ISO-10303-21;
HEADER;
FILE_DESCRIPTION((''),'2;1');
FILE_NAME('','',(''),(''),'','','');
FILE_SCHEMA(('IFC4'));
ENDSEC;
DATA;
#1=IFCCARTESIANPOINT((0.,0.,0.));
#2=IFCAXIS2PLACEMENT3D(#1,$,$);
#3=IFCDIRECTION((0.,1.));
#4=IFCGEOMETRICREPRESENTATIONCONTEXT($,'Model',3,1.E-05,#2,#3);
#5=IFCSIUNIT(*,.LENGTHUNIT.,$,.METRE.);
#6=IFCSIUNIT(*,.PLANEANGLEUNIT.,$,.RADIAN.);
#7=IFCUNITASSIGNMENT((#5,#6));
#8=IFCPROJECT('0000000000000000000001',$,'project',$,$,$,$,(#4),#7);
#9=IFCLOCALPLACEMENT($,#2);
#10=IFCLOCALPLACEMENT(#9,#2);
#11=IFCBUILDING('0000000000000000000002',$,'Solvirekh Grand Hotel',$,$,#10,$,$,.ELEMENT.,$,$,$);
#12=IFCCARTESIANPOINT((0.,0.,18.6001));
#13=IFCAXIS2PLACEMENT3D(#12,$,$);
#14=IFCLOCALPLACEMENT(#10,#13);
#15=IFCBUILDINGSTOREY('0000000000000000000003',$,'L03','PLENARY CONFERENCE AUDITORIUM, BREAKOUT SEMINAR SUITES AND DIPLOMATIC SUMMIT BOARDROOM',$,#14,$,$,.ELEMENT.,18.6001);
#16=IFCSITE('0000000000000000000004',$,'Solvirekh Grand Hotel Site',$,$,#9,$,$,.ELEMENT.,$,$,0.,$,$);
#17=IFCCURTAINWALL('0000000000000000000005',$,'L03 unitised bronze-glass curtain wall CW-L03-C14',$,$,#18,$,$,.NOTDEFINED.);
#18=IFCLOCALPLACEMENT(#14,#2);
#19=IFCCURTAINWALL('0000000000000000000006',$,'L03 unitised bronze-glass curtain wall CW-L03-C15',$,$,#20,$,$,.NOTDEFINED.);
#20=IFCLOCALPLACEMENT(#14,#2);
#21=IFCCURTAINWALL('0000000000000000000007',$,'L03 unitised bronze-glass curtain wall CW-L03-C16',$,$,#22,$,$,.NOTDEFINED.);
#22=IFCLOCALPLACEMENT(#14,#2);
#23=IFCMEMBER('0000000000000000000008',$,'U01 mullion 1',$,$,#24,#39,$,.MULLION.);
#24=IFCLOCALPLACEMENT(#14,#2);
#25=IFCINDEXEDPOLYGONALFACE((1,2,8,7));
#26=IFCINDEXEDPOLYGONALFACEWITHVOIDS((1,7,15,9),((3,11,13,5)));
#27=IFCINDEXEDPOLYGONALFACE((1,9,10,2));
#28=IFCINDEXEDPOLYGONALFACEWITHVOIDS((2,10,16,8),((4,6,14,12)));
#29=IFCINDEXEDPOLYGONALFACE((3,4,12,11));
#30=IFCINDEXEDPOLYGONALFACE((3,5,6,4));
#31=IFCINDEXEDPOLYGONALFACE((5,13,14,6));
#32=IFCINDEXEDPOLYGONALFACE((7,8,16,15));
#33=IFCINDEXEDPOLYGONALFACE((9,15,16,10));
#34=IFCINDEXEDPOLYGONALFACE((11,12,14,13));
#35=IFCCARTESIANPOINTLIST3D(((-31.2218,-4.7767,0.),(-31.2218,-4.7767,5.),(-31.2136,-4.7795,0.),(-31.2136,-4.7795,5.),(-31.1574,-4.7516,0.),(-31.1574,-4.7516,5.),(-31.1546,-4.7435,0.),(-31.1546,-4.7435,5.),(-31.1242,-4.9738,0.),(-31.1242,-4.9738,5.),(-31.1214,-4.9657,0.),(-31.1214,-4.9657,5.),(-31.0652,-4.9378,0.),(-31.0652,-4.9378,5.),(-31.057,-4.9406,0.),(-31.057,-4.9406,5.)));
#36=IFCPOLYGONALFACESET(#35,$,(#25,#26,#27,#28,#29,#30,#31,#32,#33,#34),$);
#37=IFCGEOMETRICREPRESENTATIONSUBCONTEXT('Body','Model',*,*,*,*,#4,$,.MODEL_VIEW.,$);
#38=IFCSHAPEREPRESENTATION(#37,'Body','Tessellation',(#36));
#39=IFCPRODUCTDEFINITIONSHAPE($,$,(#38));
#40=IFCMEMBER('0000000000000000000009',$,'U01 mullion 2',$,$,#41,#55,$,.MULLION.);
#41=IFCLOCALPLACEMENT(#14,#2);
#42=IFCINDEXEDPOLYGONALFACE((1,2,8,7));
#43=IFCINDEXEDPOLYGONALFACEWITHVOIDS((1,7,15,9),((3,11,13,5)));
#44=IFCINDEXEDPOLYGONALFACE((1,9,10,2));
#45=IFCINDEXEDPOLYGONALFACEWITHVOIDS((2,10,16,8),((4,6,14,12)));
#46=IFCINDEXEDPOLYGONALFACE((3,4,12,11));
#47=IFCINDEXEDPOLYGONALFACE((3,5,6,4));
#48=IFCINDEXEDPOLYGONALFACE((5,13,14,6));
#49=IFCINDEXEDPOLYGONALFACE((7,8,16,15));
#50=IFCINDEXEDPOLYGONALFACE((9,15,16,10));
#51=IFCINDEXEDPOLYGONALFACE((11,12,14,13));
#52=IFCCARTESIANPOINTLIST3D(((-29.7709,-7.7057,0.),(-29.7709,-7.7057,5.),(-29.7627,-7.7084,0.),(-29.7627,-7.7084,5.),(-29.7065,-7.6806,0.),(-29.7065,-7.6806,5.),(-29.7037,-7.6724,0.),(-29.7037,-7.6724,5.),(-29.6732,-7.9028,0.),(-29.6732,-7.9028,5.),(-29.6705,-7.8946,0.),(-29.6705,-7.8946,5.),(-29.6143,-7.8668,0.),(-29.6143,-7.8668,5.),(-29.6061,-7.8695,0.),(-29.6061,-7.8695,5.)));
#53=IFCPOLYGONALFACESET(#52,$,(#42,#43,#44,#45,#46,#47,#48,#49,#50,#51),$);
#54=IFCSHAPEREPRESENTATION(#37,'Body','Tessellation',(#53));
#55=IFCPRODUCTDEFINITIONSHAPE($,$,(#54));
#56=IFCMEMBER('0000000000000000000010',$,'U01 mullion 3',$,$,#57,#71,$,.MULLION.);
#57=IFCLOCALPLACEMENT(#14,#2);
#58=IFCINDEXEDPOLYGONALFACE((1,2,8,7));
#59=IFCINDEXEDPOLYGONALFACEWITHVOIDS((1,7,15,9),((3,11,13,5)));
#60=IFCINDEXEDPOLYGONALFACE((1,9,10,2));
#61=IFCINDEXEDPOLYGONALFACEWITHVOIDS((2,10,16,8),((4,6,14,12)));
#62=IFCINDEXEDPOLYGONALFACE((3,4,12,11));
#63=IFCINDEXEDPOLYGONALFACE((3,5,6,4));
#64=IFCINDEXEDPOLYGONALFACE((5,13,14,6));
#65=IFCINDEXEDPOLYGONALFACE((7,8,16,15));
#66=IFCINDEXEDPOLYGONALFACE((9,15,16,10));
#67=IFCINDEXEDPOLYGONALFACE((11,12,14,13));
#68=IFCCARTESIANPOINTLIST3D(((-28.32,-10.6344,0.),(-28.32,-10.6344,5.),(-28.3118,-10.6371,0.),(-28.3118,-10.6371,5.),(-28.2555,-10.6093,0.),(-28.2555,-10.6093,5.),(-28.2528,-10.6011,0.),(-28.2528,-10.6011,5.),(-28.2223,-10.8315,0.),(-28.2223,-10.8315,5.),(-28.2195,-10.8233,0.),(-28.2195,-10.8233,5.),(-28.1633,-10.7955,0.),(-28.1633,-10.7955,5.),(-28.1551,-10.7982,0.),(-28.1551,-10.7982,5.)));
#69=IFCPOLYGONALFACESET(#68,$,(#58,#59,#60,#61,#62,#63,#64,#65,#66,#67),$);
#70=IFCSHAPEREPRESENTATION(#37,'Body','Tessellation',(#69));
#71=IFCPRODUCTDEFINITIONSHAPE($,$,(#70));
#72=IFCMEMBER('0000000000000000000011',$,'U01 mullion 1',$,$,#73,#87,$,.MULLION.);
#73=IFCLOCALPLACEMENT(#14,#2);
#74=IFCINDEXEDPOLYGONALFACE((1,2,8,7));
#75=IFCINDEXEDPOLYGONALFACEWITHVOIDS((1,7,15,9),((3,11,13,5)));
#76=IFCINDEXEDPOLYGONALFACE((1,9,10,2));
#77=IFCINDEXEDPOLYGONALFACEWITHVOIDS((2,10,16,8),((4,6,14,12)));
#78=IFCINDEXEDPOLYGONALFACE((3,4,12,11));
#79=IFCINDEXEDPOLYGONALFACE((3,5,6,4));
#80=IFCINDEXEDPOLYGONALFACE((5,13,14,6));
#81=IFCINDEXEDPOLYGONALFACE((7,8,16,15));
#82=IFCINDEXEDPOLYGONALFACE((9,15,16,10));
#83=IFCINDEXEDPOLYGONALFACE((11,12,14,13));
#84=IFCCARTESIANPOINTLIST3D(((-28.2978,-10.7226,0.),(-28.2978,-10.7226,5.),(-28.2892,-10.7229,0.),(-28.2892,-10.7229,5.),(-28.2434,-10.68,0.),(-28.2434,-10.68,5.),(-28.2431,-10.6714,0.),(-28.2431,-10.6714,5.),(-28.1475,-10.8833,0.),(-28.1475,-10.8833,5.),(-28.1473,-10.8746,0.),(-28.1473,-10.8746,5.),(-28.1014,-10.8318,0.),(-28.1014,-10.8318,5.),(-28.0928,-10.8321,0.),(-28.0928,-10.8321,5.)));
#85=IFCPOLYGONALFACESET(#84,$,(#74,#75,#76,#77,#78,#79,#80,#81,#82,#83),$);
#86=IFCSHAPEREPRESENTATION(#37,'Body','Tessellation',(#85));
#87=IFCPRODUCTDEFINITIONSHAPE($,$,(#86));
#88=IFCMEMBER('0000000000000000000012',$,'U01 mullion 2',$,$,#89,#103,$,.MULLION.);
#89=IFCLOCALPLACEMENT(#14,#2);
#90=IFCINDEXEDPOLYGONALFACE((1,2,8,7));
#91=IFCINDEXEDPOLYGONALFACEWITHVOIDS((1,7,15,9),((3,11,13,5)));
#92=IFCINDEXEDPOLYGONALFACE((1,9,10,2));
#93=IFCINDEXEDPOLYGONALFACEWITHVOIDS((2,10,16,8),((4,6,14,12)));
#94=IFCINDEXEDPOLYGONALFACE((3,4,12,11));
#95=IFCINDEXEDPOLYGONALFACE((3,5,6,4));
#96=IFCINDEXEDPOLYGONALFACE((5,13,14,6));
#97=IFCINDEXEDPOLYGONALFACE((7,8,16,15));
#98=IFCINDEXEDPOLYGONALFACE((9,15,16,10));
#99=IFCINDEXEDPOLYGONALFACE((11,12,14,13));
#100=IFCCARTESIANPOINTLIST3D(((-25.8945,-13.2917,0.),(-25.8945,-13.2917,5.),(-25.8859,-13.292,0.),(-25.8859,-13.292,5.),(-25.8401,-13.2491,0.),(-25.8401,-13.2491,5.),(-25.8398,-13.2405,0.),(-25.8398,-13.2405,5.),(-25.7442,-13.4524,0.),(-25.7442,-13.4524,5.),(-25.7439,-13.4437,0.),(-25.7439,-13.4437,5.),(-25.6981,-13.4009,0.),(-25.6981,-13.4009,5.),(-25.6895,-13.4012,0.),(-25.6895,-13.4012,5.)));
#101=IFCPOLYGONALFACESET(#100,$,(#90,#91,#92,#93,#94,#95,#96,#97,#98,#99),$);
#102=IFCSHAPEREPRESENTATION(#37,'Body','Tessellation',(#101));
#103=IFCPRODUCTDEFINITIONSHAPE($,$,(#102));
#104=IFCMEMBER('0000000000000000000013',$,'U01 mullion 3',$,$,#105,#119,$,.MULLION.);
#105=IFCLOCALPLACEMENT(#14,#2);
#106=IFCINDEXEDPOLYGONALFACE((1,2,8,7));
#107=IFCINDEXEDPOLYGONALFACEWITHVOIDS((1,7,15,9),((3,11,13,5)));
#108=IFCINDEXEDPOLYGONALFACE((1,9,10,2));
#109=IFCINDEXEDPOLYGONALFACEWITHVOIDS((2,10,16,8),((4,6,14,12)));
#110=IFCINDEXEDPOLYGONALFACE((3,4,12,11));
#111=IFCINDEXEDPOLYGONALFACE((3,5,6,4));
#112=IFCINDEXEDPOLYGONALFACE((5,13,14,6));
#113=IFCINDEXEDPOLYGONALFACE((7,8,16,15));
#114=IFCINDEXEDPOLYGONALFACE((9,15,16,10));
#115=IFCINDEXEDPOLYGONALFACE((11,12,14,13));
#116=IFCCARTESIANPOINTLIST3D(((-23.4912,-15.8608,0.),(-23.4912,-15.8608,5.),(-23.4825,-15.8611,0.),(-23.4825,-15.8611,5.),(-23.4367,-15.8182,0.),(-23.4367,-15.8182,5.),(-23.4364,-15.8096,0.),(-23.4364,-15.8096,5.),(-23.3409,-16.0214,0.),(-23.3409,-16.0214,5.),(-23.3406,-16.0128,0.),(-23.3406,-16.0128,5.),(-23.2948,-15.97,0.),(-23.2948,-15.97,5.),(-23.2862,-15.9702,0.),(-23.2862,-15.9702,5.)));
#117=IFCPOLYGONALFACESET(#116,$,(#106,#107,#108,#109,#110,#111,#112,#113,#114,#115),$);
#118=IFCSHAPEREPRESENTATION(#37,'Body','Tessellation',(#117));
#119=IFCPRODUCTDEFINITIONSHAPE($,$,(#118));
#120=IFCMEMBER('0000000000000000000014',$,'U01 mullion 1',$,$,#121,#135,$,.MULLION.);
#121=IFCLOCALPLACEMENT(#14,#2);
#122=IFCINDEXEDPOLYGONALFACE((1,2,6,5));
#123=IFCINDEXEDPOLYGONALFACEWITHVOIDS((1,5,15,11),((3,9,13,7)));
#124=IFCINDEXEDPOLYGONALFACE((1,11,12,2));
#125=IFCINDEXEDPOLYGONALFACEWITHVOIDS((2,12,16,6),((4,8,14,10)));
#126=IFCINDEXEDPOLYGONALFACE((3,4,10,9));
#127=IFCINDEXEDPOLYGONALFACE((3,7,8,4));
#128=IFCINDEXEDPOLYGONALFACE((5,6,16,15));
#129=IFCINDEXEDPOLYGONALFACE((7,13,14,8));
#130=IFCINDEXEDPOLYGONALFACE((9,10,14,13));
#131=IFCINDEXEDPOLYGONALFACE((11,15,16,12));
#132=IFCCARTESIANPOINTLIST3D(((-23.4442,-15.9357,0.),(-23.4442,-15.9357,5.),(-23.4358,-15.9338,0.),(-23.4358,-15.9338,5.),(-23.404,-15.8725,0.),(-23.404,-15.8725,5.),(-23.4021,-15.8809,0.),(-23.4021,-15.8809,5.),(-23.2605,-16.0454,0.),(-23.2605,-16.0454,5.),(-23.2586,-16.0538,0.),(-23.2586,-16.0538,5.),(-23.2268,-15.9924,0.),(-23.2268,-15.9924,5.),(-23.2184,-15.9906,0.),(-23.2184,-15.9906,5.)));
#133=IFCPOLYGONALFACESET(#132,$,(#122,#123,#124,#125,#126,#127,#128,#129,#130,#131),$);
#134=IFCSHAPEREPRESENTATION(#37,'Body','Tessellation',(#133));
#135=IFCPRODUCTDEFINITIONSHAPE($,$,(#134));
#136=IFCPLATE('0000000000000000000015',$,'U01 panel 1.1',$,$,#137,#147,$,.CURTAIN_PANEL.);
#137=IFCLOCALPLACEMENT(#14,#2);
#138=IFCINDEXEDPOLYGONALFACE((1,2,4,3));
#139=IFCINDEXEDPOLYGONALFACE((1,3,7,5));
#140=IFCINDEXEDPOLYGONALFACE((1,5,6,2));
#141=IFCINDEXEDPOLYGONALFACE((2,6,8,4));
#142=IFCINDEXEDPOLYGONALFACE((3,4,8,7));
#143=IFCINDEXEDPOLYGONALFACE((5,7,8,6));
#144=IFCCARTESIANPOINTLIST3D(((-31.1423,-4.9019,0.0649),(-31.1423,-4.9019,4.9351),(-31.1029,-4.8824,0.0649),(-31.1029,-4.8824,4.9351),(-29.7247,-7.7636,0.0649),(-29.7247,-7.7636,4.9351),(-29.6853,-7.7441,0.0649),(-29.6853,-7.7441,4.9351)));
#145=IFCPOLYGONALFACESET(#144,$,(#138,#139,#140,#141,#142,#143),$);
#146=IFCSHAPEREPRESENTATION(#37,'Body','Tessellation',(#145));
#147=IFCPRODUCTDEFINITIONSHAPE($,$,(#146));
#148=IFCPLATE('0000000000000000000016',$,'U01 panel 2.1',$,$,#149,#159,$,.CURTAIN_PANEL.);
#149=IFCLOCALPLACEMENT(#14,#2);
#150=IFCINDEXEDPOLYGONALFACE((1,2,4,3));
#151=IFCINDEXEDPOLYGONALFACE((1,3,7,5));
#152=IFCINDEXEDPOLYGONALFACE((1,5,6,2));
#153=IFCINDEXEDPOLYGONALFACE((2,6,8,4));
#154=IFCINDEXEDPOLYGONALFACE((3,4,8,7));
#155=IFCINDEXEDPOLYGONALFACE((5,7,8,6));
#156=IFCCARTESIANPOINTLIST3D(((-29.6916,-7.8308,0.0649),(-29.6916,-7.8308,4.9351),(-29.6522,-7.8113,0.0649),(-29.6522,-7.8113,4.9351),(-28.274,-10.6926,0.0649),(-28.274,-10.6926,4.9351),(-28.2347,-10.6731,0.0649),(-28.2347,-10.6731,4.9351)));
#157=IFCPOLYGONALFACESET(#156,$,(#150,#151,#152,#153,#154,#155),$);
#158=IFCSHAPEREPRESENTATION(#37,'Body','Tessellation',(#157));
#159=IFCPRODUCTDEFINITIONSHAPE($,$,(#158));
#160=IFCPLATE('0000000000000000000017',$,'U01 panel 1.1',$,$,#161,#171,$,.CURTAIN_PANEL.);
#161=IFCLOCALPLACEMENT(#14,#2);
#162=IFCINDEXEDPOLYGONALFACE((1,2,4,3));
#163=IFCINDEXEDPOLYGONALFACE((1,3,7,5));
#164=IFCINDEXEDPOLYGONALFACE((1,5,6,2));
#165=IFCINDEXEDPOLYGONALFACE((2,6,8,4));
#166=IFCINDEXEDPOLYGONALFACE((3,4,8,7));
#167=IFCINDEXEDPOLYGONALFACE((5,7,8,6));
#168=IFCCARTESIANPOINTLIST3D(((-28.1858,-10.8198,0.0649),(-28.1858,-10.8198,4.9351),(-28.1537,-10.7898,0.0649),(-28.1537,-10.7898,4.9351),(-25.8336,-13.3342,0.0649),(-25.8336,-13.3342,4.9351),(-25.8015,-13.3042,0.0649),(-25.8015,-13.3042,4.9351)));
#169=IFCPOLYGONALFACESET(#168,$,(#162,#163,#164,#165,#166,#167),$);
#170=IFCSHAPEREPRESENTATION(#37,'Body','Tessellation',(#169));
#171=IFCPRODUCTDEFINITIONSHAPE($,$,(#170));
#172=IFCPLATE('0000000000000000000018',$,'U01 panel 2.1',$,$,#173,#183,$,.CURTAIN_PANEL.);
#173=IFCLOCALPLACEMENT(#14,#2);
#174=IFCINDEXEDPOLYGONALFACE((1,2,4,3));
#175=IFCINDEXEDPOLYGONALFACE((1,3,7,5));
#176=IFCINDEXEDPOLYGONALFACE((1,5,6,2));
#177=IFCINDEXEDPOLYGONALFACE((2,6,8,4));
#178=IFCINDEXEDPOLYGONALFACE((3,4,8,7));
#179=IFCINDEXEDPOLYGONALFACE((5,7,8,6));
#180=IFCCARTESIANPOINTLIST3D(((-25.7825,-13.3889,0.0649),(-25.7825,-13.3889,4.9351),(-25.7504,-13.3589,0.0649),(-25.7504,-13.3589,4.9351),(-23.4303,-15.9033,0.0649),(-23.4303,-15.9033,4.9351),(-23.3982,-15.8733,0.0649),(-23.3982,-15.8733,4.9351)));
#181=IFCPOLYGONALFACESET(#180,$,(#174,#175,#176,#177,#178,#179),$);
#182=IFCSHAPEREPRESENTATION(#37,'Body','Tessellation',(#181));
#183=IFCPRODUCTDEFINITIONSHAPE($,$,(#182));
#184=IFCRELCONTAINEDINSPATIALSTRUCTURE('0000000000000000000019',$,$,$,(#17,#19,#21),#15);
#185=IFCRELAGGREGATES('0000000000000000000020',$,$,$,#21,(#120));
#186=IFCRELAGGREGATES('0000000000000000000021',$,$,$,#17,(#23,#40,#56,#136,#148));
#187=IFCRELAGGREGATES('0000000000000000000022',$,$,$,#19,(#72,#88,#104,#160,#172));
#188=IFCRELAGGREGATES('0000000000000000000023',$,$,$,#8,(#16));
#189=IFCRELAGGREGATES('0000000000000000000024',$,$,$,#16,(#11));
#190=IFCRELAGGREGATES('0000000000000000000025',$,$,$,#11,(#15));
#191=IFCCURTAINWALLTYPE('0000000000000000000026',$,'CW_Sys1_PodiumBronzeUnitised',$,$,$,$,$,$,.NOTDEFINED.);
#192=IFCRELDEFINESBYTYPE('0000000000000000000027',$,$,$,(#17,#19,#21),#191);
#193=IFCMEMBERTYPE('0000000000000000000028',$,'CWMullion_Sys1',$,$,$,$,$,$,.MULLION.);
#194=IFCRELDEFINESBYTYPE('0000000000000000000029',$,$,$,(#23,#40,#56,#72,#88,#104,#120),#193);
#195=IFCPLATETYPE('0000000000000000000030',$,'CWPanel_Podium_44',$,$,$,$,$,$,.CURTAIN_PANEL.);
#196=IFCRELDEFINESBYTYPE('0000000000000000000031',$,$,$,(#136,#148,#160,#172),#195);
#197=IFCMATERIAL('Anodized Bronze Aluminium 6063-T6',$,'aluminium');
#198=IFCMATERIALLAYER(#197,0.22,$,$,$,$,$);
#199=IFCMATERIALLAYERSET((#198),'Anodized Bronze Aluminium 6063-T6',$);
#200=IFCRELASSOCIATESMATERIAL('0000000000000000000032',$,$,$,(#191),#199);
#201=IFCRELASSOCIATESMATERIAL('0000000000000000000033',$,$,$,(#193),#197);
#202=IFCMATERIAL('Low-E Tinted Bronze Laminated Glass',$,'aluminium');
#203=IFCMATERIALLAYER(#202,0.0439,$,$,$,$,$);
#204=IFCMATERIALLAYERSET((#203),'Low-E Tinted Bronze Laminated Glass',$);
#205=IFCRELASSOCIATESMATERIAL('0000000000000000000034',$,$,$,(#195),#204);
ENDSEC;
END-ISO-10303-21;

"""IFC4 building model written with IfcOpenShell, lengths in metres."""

from ifc_helpers import new_model, si_unit, direction, frame, origin, origin_2d, place, context, subcontext, project, spatial, rectangle, hollow_rectangle, extrude, source, transform, mapped, material, layer, layer_set, material_profile, profile_set, type_object, element, aggregate, save


model = new_model("IFC4")

# Units and contexts
model_context = context("Model", 3, precision=1e-05, world=origin(), true_north=direction((0.0, 1.0)))
body_context = subcontext(model_context, "Body", "Model", "MODEL_VIEW")
ifc_project = project(units=[si_unit("LENGTHUNIT", "METRE"), si_unit("PLANEANGLEUNIT", "RADIAN")], contexts=[model_context])

# Site, building, storey
site_placement = place(None, origin())
site = spatial("IfcSite", under=ifc_project, at=site_placement, Name="Solvirekh Grand Hotel Site", CompositionType="ELEMENT", RefElevation=0.0)
building_placement = place(site_placement, origin())
building = spatial("IfcBuilding", under=site, at=building_placement, Name="Solvirekh Grand Hotel", CompositionType="ELEMENT")
storey_placement = place(building_placement, frame((0.0, 0.0, 18.6001)))
storey = spatial("IfcBuildingStorey", under=building, at=storey_placement, Name="L03", Description="PLENARY CONFERENCE AUDITORIUM, BREAKOUT SEMINAR SUITES AND DIPLOMATIC SUMMIT BOARDROOM", CompositionType="ELEMENT", Elevation=18.6001)

# Curtain walls
ifc_material_1 = material(Name="Anodized Bronze Aluminium 6063-T6", Category="aluminium")
ifc_layer_1 = layer(ifc_material_1, 0.22)
ifc_layer_set_1 = layer_set([ifc_layer_1], Name="Anodized Bronze Aluminium 6063-T6")
curtain_wall_type = type_object("IfcCurtainWallType", Name="CW_Sys1_PodiumBronzeUnitised", PredefinedType="NOTDEFINED", material=ifc_layer_set_1)
curtain_wall_1_placement = place(storey_placement, origin())
curtain_wall_1 = element("IfcCurtainWall", 1, at=curtain_wall_1_placement, inside=storey, type_object=curtain_wall_type, Name="L03 unitised bronze-glass curtain wall CW-L03-C14", PredefinedType="NOTDEFINED")
curtain_wall_2_placement = place(storey_placement, origin())
curtain_wall_2 = element("IfcCurtainWall", 2, at=curtain_wall_2_placement, inside=storey, type_object=curtain_wall_type, Name="L03 unitised bronze-glass curtain wall CW-L03-C15", PredefinedType="NOTDEFINED")
curtain_wall_3_placement = place(storey_placement, origin())
curtain_wall_3 = element("IfcCurtainWall", 3, at=curtain_wall_3_placement, inside=storey, type_object=curtain_wall_type, Name="L03 unitised bronze-glass curtain wall CW-L03-C16", PredefinedType="NOTDEFINED")

# Members
ifc_material_profile_1 = material_profile(ifc_material_1, hollow_rectangle(XDim=0.075, YDim=0.22, WallThickness=0.0061, at=origin_2d()), Name="ALU RHS 220X75X6")
ifc_profile_set_1 = profile_set([ifc_material_profile_1], Name="Anodized Bronze Aluminium 6063-T6")
member_type_1 = type_object("IfcMemberType", Name="CWMullion_Sys1", PredefinedType="MULLION", material=ifc_profile_set_1)
shared_shape_1 = source(origin(), body_context, "Body", "SweptSolid", [
    extrude(hollow_rectangle(XDim=0.075, YDim=0.22, WallThickness=0.0061, at=origin_2d()), origin(), (0.0, 0.0, 1.0), 5.0),
])
member_1_placement = place(storey_placement, frame((-31.1394, -4.8586, 0.0), z_axis=(0.0, 0.0, 1.0), x_axis=(0.896085, 0.443883, 0.0)))
member_1 = element("IfcMember", 4, at=member_1_placement, type_object=member_type_1, Name="U01 mullion 1", PredefinedType="MULLION", context=body_context, shape_type="MappedRepresentation", body=[
    mapped(shared_shape_1, transform((0.0, 0.0, 0.0), x_axis=(1.0, 0.0, 0.0), y_axis=(0.0, 1.0, 0.0), z_axis=(0.0, 0.0, 1.0), scale=1.0)),
])
member_2_placement = place(storey_placement, frame((-29.6885, -7.7876, 0.0), z_axis=(0.0, 0.0, 1.0), x_axis=(0.896085, 0.443883, 0.0)))
member_2 = element("IfcMember", 5, at=member_2_placement, type_object=member_type_1, Name="U01 mullion 2", PredefinedType="MULLION", context=body_context, shape_type="MappedRepresentation", body=[
    mapped(shared_shape_1, transform((0.0, 0.0, 0.0), x_axis=(1.0, 0.0, 0.0), y_axis=(0.0, 1.0, 0.0), z_axis=(0.0, 0.0, 1.0), scale=1.0)),
])
member_3_placement = place(storey_placement, frame((-28.2375, -10.7163, 0.0), z_axis=(0.0, 0.0, 1.0), x_axis=(0.896085, 0.443883, 0.0)))
member_3 = element("IfcMember", 6, at=member_3_placement, type_object=member_type_1, Name="U01 mullion 3", PredefinedType="MULLION", context=body_context, shape_type="MappedRepresentation", body=[
    mapped(shared_shape_1, transform((0.0, 0.0, 0.0), x_axis=(1.0, 0.0, 0.0), y_axis=(0.0, 1.0, 0.0), z_axis=(0.0, 0.0, 1.0), scale=1.0)),
])
member_4_placement = place(storey_placement, frame((-28.1953, -10.7773, 0.0), z_axis=(0.0, 0.0, 1.0), x_axis=(0.730269, 0.68316, 0.0)))
member_4 = element("IfcMember", 7, at=member_4_placement, type_object=member_type_1, Name="U01 mullion 1", PredefinedType="MULLION", context=body_context, shape_type="MappedRepresentation", body=[
    mapped(shared_shape_1, transform((0.0, 0.0, 0.0), x_axis=(1.0, 0.0, 0.0), y_axis=(0.0, 1.0, 0.0), z_axis=(0.0, 0.0, 1.0), scale=1.0)),
])
member_5_placement = place(storey_placement, frame((-25.792, -13.3464, 0.0), z_axis=(0.0, 0.0, 1.0), x_axis=(0.730269, 0.68316, 0.0)))
member_5 = element("IfcMember", 8, at=member_5_placement, type_object=member_type_1, Name="U01 mullion 2", PredefinedType="MULLION", context=body_context, shape_type="MappedRepresentation", body=[
    mapped(shared_shape_1, transform((0.0, 0.0, 0.0), x_axis=(1.0, 0.0, 0.0), y_axis=(0.0, 1.0, 0.0), z_axis=(0.0, 0.0, 1.0), scale=1.0)),
])
member_6_placement = place(storey_placement, frame((-23.3887, -15.9155, 0.0), z_axis=(0.0, 0.0, 1.0), x_axis=(0.730269, 0.68316, 0.0)))
member_6 = element("IfcMember", 9, at=member_6_placement, type_object=member_type_1, Name="U01 mullion 3", PredefinedType="MULLION", context=body_context, shape_type="MappedRepresentation", body=[
    mapped(shared_shape_1, transform((0.0, 0.0, 0.0), x_axis=(1.0, 0.0, 0.0), y_axis=(0.0, 1.0, 0.0), z_axis=(0.0, 0.0, 1.0), scale=1.0)),
])
member_7_placement = place(storey_placement, frame((-23.3313, -15.9631, 0.0), z_axis=(0.0, 0.0, 1.0), x_axis=(0.536952, 0.843613, 0.0)))
member_7 = element("IfcMember", 10, at=member_7_placement, type_object=member_type_1, Name="U01 mullion 1", PredefinedType="MULLION", context=body_context, shape_type="MappedRepresentation", body=[
    mapped(shared_shape_1, transform((0.0, 0.0, 0.0), x_axis=(1.0, 0.0, 0.0), y_axis=(0.0, 1.0, 0.0), z_axis=(0.0, 0.0, 1.0), scale=1.0)),
])
aggregate(curtain_wall_3, [member_7])

# Plates
ifc_material_2 = material(Name="Low-E Tinted Bronze Laminated Glass", Category="aluminium")
ifc_layer_2 = layer(ifc_material_2, 0.0439)
ifc_layer_set_2 = layer_set([ifc_layer_2], Name="Low-E Tinted Bronze Laminated Glass")
plate_type = type_object("IfcPlateType", Name="CWPanel_Podium_44", PredefinedType="CURTAIN_PANEL", material=ifc_layer_set_2)
shared_shape_2 = source(origin(), body_context, "Body", "SweptSolid", [
    extrude(rectangle(XDim=3.1936, YDim=0.0439, at=origin_2d()), origin(), (0.0, 0.0, 1.0), 4.8701),
])
plate_1_placement = place(storey_placement, frame((-30.4138, -6.323, 0.0649), z_axis=(0.0, 0.0, 1.0), x_axis=(0.443883, -0.896085, 0.0)))
plate_1 = element("IfcPlate", 11, at=plate_1_placement, type_object=plate_type, Name="U01 panel 1.1", PredefinedType="CURTAIN_PANEL", context=body_context, shape_type="MappedRepresentation", body=[
    mapped(shared_shape_2, transform((0.0, 0.0, 0.0), x_axis=(1.0, 0.0, 0.0), y_axis=(0.0, 1.0, 0.0), z_axis=(0.0, 0.0, 1.0), scale=1.0)),
])
plate_2_placement = place(storey_placement, frame((-28.9631, -9.252, 0.0649), z_axis=(0.0, 0.0, 1.0), x_axis=(0.443883, -0.896085, 0.0)))
plate_2 = element("IfcPlate", 12, at=plate_2_placement, type_object=plate_type, Name="U01 panel 2.1", PredefinedType="CURTAIN_PANEL", context=body_context, shape_type="MappedRepresentation", body=[
    mapped(shared_shape_2, transform((0.0, 0.0, 0.0), x_axis=(1.0, 0.0, 0.0), y_axis=(0.0, 1.0, 0.0), z_axis=(0.0, 0.0, 1.0), scale=1.0)),
])
aggregate(curtain_wall_1, [member_1, member_2, member_3, plate_1, plate_2])
shared_shape_3 = source(origin(), body_context, "Body", "SweptSolid", [
    extrude(rectangle(XDim=3.4431, YDim=0.0439, at=origin_2d()), origin(), (0.0, 0.0, 1.0), 4.8701),
])
plate_3_placement = place(storey_placement, frame((-26.9937, -12.062, 0.0649), z_axis=(0.0, 0.0, 1.0), x_axis=(0.68316, -0.730269, 0.0)))
plate_3 = element("IfcPlate", 13, at=plate_3_placement, type_object=plate_type, Name="U01 panel 1.1", PredefinedType="CURTAIN_PANEL", context=body_context, shape_type="MappedRepresentation", body=[
    mapped(shared_shape_3, transform((0.0, 0.0, 0.0), x_axis=(1.0, 0.0, 0.0), y_axis=(0.0, 1.0, 0.0), z_axis=(0.0, 0.0, 1.0), scale=1.0)),
])
plate_4_placement = place(storey_placement, frame((-24.5903, -14.6311, 0.0649), z_axis=(0.0, 0.0, 1.0), x_axis=(0.68316, -0.730269, 0.0)))
plate_4 = element("IfcPlate", 14, at=plate_4_placement, type_object=plate_type, Name="U01 panel 2.1", PredefinedType="CURTAIN_PANEL", context=body_context, shape_type="MappedRepresentation", body=[
    mapped(shared_shape_3, transform((0.0, 0.0, 0.0), x_axis=(1.0, 0.0, 0.0), y_axis=(0.0, 1.0, 0.0), z_axis=(0.0, 0.0, 1.0), scale=1.0)),
])
aggregate(curtain_wall_2, [member_4, member_5, member_6, plate_3, plate_4])

save(model, "model.ifc")
